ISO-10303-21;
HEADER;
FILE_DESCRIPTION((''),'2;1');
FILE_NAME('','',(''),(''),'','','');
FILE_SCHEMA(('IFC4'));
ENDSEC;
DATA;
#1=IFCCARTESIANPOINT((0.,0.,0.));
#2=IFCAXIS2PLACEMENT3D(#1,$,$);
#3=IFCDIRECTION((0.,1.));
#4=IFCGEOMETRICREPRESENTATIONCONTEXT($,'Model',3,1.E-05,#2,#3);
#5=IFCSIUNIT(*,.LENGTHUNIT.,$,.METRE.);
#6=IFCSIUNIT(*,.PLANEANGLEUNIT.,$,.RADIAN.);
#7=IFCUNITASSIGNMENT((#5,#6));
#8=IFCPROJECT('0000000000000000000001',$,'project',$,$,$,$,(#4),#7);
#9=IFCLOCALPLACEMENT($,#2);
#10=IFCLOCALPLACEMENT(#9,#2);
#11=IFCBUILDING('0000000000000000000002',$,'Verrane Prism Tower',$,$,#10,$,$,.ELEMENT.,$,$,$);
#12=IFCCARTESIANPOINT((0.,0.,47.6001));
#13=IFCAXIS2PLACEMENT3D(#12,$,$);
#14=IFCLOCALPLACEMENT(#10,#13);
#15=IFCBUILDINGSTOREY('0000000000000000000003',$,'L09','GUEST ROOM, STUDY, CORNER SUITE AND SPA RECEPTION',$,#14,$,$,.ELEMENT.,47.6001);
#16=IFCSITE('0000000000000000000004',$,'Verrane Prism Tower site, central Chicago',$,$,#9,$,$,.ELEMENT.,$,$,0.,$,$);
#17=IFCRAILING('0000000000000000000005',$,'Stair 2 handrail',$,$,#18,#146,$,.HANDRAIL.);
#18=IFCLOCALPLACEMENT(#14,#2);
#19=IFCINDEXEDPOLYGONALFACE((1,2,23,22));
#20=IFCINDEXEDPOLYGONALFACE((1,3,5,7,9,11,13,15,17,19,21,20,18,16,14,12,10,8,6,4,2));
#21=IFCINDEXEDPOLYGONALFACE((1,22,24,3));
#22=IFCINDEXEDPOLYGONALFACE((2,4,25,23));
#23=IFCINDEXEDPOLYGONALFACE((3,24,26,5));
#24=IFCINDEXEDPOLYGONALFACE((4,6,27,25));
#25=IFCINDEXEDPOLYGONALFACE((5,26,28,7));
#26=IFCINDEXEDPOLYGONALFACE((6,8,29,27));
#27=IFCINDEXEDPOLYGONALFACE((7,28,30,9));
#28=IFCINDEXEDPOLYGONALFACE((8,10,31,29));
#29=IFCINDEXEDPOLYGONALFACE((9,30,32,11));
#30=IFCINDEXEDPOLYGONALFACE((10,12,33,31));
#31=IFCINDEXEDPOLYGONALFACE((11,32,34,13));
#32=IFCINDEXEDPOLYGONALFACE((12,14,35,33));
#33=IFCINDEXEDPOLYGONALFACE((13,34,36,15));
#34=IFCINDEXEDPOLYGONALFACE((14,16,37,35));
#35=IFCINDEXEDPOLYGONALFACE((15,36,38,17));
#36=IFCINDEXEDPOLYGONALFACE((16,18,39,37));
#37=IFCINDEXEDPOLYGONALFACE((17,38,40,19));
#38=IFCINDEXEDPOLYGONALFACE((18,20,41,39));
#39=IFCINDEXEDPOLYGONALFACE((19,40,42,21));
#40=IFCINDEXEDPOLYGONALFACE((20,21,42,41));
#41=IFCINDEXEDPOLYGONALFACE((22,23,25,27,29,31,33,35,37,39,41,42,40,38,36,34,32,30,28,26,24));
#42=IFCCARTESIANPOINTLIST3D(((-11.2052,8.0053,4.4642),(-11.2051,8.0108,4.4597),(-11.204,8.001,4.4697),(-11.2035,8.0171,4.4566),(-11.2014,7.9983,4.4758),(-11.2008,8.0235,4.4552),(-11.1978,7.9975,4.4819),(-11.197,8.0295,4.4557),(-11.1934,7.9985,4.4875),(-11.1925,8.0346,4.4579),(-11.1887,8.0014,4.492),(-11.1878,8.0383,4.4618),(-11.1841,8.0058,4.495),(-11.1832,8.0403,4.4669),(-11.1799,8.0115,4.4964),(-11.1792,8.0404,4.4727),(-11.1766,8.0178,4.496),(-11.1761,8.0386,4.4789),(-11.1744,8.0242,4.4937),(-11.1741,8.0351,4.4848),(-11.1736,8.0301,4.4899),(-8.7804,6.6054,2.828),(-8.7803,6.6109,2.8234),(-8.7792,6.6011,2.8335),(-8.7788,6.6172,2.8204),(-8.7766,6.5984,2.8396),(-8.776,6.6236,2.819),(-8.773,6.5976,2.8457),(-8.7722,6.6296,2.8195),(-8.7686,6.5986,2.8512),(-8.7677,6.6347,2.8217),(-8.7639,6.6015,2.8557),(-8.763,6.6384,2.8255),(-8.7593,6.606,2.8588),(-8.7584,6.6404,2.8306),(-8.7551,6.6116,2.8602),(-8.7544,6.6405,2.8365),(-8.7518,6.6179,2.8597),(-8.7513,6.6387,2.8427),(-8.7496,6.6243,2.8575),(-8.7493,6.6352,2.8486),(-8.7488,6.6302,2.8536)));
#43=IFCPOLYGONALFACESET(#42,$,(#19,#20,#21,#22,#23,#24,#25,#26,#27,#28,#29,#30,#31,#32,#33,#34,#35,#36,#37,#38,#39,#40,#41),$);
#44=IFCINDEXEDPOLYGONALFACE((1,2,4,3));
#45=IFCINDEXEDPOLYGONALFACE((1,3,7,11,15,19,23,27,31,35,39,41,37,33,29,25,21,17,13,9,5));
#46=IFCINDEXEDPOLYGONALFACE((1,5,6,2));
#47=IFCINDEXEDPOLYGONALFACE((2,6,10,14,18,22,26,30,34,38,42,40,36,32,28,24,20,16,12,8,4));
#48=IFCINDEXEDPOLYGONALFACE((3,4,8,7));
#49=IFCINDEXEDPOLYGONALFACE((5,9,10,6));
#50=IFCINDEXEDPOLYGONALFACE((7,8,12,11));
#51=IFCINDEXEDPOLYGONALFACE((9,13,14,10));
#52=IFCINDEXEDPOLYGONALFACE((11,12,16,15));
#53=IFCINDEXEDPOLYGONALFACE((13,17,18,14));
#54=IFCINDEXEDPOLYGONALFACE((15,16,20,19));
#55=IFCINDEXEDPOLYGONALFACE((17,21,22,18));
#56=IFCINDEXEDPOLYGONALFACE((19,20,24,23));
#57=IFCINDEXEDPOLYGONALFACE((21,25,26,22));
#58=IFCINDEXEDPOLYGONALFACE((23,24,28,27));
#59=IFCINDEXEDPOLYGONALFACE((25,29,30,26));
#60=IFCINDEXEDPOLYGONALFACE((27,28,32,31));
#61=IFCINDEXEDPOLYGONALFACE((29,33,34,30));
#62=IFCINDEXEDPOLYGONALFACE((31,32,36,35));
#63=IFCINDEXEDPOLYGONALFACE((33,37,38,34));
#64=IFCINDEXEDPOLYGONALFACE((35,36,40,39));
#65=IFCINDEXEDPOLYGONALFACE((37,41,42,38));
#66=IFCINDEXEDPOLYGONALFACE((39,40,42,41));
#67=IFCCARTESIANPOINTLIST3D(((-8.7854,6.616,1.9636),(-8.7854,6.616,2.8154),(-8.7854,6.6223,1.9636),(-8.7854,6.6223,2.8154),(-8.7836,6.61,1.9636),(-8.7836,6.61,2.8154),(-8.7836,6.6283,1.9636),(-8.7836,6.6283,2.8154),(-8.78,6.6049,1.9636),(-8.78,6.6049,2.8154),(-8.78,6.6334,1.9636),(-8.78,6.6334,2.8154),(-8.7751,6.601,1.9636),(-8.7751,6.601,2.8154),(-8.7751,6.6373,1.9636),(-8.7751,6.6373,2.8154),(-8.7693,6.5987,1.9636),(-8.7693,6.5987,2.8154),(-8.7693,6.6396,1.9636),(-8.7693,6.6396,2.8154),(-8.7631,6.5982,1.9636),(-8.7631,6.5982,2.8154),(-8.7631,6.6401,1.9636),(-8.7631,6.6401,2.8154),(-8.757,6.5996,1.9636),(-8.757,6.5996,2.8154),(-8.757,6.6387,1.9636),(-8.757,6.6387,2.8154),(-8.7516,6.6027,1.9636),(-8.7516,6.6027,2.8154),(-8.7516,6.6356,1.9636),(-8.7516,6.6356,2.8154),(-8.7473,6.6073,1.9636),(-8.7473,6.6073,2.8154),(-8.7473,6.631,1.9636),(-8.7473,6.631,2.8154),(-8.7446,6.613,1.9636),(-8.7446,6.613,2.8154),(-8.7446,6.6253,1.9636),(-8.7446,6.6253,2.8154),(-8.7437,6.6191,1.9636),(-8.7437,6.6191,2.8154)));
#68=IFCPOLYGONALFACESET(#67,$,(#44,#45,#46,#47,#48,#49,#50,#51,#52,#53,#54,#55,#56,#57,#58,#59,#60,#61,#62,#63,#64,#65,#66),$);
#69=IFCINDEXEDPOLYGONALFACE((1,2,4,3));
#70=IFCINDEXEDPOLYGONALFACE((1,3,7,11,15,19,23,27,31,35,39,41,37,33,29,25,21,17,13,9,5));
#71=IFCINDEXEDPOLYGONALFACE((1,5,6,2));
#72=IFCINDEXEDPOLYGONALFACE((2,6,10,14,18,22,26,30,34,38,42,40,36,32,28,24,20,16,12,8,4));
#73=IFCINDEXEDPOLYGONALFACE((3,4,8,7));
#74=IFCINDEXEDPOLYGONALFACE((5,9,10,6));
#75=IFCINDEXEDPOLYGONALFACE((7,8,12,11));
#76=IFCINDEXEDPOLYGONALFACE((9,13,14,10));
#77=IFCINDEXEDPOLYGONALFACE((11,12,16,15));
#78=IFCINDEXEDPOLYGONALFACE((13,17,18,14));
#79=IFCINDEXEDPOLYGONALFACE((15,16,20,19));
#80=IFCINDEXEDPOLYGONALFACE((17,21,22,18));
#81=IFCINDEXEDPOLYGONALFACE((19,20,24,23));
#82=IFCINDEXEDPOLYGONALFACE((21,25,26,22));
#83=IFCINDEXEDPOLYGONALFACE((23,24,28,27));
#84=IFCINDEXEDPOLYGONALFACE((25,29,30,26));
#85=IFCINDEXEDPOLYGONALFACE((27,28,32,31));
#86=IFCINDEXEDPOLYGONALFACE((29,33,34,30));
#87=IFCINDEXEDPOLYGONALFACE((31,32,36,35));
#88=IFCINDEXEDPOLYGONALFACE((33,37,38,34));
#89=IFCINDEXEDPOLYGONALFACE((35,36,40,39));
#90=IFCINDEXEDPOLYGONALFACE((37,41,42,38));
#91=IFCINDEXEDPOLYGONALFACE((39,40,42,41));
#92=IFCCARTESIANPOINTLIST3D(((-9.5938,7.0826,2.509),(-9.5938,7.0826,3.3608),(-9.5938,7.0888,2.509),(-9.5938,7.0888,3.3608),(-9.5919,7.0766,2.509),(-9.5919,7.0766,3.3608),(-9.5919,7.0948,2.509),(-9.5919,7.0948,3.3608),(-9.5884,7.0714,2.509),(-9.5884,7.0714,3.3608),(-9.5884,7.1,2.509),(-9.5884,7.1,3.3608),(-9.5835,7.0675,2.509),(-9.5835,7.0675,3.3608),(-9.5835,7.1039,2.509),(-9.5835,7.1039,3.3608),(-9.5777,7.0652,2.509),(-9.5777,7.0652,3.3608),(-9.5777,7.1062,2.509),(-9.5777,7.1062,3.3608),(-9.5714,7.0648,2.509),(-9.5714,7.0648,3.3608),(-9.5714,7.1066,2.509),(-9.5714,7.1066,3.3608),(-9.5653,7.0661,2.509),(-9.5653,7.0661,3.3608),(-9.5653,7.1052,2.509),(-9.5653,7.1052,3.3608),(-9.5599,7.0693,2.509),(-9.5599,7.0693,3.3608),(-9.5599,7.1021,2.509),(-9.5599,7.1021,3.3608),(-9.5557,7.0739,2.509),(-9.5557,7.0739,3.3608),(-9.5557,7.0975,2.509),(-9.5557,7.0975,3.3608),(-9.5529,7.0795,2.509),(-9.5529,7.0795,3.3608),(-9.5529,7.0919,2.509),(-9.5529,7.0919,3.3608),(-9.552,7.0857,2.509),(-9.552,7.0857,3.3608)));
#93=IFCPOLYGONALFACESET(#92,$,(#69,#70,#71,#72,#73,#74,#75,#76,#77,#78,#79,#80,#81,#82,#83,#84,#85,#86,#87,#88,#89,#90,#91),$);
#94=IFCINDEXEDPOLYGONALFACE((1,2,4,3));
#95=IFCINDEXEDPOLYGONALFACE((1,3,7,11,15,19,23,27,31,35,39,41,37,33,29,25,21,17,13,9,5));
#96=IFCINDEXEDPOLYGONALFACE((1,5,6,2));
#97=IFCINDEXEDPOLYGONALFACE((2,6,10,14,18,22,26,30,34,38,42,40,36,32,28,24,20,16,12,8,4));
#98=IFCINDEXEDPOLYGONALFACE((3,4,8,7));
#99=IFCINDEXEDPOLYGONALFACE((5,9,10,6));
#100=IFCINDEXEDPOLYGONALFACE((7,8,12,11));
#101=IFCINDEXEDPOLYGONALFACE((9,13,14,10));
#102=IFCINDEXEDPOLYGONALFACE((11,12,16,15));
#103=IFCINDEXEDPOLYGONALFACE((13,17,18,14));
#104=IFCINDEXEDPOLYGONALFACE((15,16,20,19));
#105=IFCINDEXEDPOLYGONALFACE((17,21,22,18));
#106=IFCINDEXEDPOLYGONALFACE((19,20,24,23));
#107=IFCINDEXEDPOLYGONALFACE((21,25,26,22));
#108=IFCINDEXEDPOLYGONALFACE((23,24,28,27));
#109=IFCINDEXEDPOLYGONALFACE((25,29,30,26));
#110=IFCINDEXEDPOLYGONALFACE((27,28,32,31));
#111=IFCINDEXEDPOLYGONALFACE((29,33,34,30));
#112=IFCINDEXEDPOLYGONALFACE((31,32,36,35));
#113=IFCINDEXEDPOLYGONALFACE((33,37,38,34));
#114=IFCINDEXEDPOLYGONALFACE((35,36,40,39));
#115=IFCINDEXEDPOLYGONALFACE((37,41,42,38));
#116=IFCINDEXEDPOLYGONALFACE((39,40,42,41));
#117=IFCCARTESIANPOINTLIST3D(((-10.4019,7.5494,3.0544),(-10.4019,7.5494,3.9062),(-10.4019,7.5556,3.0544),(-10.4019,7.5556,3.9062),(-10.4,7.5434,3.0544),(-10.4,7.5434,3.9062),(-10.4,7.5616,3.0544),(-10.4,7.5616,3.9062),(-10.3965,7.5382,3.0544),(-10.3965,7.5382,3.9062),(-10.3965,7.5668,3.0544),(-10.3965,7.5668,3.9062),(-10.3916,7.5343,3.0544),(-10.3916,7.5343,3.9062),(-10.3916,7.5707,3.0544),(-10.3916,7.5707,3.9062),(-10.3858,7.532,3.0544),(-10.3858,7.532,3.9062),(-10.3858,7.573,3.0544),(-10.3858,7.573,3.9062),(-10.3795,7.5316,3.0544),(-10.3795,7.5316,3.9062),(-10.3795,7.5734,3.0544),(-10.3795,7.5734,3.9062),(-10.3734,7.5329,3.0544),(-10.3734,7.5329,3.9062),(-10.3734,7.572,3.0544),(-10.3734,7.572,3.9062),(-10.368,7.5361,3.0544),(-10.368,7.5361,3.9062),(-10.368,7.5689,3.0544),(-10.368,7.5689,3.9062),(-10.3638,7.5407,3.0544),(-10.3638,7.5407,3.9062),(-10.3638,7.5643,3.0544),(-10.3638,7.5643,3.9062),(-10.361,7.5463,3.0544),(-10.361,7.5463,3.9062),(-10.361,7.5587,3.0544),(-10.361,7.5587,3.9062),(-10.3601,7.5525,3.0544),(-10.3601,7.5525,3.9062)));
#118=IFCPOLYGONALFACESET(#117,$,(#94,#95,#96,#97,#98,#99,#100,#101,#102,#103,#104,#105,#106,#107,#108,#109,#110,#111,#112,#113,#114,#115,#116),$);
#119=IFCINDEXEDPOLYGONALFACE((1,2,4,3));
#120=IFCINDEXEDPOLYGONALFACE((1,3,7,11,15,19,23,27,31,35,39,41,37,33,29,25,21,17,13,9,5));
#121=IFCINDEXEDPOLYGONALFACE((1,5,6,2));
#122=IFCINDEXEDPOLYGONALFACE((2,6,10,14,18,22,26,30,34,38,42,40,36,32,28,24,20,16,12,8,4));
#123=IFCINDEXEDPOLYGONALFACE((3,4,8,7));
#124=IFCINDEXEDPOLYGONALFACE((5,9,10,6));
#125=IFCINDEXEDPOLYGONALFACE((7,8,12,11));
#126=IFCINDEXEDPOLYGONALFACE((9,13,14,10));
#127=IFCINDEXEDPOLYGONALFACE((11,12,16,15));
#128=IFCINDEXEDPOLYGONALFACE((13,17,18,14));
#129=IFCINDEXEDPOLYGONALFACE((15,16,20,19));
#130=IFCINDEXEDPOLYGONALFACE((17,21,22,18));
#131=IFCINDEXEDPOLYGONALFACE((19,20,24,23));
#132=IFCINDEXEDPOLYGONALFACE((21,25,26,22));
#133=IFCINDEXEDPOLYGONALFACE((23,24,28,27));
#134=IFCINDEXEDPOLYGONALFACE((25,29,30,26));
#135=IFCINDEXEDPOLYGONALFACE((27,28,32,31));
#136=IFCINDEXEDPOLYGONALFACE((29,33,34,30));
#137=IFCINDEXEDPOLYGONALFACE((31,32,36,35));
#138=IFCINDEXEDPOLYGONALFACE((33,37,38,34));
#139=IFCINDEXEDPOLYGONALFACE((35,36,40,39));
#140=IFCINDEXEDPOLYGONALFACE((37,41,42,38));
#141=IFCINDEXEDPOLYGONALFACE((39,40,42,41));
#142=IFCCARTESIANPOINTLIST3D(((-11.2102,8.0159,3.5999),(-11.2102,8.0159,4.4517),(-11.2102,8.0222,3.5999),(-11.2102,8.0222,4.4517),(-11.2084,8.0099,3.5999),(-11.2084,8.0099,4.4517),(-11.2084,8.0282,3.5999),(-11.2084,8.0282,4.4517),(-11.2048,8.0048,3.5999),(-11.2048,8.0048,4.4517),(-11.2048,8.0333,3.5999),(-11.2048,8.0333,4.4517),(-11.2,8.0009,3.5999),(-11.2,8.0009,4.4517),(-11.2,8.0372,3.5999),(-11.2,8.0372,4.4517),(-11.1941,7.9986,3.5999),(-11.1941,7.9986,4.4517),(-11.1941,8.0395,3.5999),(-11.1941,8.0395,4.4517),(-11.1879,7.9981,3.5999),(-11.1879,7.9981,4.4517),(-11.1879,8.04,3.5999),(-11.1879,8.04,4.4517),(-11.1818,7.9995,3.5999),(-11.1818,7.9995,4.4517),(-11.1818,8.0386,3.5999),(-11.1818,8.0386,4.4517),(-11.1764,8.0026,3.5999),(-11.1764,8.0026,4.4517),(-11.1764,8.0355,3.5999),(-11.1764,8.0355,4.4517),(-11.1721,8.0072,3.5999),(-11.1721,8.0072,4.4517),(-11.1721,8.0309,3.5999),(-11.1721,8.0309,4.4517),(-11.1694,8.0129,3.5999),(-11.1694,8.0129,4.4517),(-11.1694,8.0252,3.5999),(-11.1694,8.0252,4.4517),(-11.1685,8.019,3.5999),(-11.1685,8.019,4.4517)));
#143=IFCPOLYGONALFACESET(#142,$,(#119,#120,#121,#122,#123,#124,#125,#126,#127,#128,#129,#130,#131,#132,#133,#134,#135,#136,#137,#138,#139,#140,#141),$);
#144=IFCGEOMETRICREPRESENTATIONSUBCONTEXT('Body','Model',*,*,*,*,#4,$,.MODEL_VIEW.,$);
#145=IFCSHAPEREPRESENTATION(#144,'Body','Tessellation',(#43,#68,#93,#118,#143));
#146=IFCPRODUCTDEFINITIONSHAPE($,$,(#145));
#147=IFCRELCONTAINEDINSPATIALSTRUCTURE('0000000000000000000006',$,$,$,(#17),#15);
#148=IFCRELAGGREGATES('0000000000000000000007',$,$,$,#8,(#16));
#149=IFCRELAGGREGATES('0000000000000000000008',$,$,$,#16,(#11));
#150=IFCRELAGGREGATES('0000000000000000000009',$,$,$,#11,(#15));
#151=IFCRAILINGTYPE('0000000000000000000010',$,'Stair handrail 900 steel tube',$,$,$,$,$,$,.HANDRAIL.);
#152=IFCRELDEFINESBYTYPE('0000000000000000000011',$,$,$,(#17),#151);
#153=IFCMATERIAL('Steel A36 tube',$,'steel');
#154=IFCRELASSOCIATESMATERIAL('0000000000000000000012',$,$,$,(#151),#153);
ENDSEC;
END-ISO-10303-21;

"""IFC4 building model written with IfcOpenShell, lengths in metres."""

from ifc_helpers import new_model, si_unit, direction, frame, origin, origin_2d, place, context, subcontext, project, spatial, circle, extrude, material, type_object, element, save


model = new_model("IFC4")

# Units and contexts
model_context = context("Model", 3, precision=1e-05, world=origin(), true_north=direction((0.0, 1.0)))
body_context = subcontext(model_context, "Body", "Model", "MODEL_VIEW")
ifc_project = project(units=[si_unit("LENGTHUNIT", "METRE"), si_unit("PLANEANGLEUNIT", "RADIAN")], contexts=[model_context])

# Site, building, storey
site_placement = place(None, origin())
site = spatial("IfcSite", under=ifc_project, at=site_placement, Name="Verrane Prism Tower site, central Chicago", CompositionType="ELEMENT", RefElevation=0.0)
building_placement = place(site_placement, origin())
building = spatial("IfcBuilding", under=site, at=building_placement, Name="Verrane Prism Tower", CompositionType="ELEMENT")
storey_placement = place(building_placement, frame((0.0, 0.0, 47.6001)))
storey = spatial("IfcBuildingStorey", under=building, at=storey_placement, Name="L09", Description="GUEST ROOM, STUDY, CORNER SUITE AND SPA RECEPTION", CompositionType="ELEMENT", Elevation=47.6001)

# Railing
ifc_material_1 = material(Name="Steel A36 tube", Category="steel")
railing_type_1 = type_object("IfcRailingType", Name="Stair handrail 900 steel tube", PredefinedType="HANDRAIL", material=ifc_material_1)
railing_1_placement = place(storey_placement, frame((-8.7646, 6.6191, 1.9636)))
element("IfcRailing", 1, at=railing_1_placement, inside=storey, type_object=railing_type_1, Name="Stair 2 handrail", PredefinedType="HANDRAIL", context=body_context, shape_type="SweptSolid", body=[
    extrude(circle(Radius=0.0239, at=origin_2d()), frame((0.0, 0.0, 0.876), z_axis=(-0.747718, 0.431677, 0.504552), x_axis=(-0.499984, -0.866035, 0.0)), (0.0, 0.0, 1.0), 3.2429),
    extrude(circle(Radius=0.021, at=origin_2d()), origin(), (0.0, 0.0, 1.0), 0.8518),
    extrude(circle(Radius=0.021, at=origin_2d()), frame((-0.8083, 0.4666, 0.5454)), (0.0, 0.0, 1.0), 0.8518),
    extrude(circle(Radius=0.021, at=origin_2d()), frame((-1.6165, 0.9333, 1.0908)), (0.0, 0.0, 1.0), 0.8518),
    extrude(circle(Radius=0.021, at=origin_2d()), frame((-2.4248, 1.3999, 1.6362)), (0.0, 0.0, 1.0), 0.8518),
])

save(model, "model.ifc")
